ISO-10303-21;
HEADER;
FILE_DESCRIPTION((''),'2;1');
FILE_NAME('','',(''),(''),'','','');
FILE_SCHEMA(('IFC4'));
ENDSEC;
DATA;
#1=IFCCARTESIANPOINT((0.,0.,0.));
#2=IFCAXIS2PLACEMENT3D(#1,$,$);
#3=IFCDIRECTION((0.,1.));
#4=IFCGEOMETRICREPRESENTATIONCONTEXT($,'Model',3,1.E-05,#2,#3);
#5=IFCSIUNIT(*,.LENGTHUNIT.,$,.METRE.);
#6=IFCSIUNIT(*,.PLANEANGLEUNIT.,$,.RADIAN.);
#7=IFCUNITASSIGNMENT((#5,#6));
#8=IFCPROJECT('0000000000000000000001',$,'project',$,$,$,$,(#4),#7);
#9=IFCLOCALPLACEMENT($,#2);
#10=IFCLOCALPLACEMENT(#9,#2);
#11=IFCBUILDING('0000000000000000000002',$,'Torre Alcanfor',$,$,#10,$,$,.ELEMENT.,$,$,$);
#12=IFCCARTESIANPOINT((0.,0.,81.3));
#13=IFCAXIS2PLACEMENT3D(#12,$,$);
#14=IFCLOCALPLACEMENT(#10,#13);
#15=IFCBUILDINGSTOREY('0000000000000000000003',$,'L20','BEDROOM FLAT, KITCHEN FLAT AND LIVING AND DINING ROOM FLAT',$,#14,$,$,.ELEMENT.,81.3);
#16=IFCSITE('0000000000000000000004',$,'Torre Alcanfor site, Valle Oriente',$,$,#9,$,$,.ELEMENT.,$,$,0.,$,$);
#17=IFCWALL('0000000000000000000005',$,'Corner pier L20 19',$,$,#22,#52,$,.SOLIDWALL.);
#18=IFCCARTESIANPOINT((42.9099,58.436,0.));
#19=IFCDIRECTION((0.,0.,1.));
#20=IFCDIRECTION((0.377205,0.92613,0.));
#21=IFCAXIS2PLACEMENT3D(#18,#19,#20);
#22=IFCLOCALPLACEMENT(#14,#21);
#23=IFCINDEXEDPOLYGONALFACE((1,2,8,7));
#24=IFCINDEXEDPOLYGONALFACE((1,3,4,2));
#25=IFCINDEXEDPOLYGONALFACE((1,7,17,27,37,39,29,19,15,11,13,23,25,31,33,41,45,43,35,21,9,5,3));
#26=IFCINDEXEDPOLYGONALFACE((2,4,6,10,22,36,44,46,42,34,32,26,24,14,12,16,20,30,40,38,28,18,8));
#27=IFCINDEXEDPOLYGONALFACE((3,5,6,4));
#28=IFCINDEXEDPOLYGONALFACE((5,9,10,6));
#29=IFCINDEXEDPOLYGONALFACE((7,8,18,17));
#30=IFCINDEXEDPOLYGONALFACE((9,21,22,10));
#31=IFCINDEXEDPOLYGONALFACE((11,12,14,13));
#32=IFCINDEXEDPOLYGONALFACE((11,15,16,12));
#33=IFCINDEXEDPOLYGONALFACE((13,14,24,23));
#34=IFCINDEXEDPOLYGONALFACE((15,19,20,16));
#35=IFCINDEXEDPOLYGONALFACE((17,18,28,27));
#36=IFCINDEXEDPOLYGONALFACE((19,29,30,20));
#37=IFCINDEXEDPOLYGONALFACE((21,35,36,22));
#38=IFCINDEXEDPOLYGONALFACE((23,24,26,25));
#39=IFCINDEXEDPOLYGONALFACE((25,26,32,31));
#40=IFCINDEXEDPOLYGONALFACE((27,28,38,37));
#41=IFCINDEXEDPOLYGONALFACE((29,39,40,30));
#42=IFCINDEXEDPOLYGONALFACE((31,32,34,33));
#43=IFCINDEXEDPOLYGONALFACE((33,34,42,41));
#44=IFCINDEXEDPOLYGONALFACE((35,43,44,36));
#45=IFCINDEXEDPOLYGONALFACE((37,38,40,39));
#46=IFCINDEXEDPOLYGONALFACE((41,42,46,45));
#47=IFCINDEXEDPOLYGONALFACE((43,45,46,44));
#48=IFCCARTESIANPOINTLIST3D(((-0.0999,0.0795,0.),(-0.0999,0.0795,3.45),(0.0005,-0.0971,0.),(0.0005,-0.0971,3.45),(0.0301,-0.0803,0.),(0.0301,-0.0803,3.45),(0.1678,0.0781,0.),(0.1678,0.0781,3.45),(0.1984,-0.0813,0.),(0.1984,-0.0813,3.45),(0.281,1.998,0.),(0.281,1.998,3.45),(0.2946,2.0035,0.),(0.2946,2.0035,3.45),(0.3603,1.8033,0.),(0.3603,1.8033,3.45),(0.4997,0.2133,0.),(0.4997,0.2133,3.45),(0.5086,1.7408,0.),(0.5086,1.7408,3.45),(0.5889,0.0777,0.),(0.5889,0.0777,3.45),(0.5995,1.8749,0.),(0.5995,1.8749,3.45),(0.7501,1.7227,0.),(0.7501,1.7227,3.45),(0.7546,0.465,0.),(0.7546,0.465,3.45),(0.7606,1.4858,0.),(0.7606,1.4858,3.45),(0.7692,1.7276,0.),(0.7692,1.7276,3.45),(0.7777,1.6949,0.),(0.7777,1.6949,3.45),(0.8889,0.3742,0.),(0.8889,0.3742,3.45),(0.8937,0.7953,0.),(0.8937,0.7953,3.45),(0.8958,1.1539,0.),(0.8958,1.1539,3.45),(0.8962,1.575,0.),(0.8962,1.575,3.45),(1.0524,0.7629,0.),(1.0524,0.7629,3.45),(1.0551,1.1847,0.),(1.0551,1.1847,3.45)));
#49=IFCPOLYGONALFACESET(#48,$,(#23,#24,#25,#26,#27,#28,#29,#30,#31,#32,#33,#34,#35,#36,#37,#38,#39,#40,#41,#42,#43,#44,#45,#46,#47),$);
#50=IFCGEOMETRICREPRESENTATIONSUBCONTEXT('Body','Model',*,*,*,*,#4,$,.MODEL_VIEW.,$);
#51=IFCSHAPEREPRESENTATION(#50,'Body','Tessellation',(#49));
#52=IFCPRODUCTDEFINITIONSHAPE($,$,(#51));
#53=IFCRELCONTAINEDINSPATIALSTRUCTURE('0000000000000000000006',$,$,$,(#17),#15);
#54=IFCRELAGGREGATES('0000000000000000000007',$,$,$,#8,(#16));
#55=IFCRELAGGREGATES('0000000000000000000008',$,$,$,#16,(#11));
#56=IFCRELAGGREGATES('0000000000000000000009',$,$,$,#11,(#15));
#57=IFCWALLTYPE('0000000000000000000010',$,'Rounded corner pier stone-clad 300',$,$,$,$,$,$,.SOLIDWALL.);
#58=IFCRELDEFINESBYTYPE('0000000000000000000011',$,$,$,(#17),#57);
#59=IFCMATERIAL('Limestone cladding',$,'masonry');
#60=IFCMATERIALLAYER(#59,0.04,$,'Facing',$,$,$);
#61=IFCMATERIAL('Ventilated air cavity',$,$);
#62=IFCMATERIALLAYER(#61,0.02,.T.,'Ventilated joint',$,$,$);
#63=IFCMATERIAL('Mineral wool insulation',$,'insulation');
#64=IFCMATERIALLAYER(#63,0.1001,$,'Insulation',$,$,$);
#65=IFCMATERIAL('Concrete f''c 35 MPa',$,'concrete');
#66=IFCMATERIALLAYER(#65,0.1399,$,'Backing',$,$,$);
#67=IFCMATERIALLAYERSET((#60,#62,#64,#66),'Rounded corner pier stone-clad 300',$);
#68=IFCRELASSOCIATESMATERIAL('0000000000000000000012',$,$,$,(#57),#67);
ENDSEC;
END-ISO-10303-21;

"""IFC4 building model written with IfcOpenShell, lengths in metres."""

from ifc_helpers import new_model, si_unit, direction, frame, origin, place, context, subcontext, project, spatial, polyline, outline, extrude, material, layer, layer_set, type_object, element, save


model = new_model("IFC4")

# Units and contexts
model_context = context("Model", 3, precision=1e-05, world=origin(), true_north=direction((0.0, 1.0)))
body_context = subcontext(model_context, "Body", "Model", "MODEL_VIEW")
ifc_project = project(units=[si_unit("LENGTHUNIT", "METRE"), si_unit("PLANEANGLEUNIT", "RADIAN")], contexts=[model_context])

# Site, building, storey
site_placement = place(None, origin())
site = spatial("IfcSite", under=ifc_project, at=site_placement, Name="Torre Alcanfor site, Valle Oriente", CompositionType="ELEMENT", RefElevation=0.0)
building_placement = place(site_placement, origin())
building = spatial("IfcBuilding", under=site, at=building_placement, Name="Torre Alcanfor", CompositionType="ELEMENT")
storey_placement = place(building_placement, frame((0.0, 0.0, 81.3)))
storey = spatial("IfcBuildingStorey", under=building, at=storey_placement, Name="L20", Description="BEDROOM FLAT, KITCHEN FLAT AND LIVING AND DINING ROOM FLAT", CompositionType="ELEMENT", Elevation=81.3)

# Shared definitions
ifc_material_1 = material(Name="Limestone cladding", Category="masonry")
ifc_material_2 = material(Name="Ventilated air cavity")
ifc_material_3 = material(Name="Mineral wool insulation", Category="insulation")
ifc_material_4 = material(Name="Concrete f'c 35 MPa", Category="concrete")

# Wall
ifc_layer_1 = layer(ifc_material_1, 0.04, Name="Facing")
ifc_layer_2 = layer(ifc_material_2, 0.02, ventilated=True, Name="Ventilated joint")
ifc_layer_3 = layer(ifc_material_3, 0.1001, Name="Insulation")
ifc_layer_4 = layer(ifc_material_4, 0.1399, Name="Backing")
ifc_layer_set_1 = layer_set([ifc_layer_1, ifc_layer_2, ifc_layer_3, ifc_layer_4], Name="Rounded corner pier stone-clad 300")
wall_type_1 = type_object("IfcWallType", Name="Rounded corner pier stone-clad 300", PredefinedType="SOLIDWALL", material=ifc_layer_set_1)
wall_1_placement = place(storey_placement, frame((42.9099, 58.436, 0.0), z_axis=(0.0, 0.0, 1.0), x_axis=(0.377205, 0.92613, 0.0)))
element("IfcWall", 1, at=wall_1_placement, inside=storey, type_object=wall_type_1, Name="Corner pier L20 19", PredefinedType="SOLIDWALL", context=body_context, shape_type="SweptSolid", body=[
    extrude(outline(polyline([(0.7692, 1.7276), (0.7501, 1.7227), (0.5995, 1.8749), (0.2946, 2.0035), (0.281, 1.998), (0.3603, 1.8033), (0.5086, 1.7408), (0.7606, 1.4858), (0.8958, 1.1539), (0.8937, 0.7953), (0.7546, 0.465), (0.4997, 0.2133), (0.1678, 0.0781), (-0.0999, 0.0795), (0.0005, -0.0971), (0.0301, -0.0803), (0.1984, -0.0813), (0.5889, 0.0777), (0.8889, 0.3742), (1.0524, 0.7629), (1.0551, 1.1847), (0.8962, 1.575), (0.7777, 1.6949), (0.7692, 1.7276)])), origin(), (0.0, 0.0, 1.0), 3.45),
])

save(model, "model.ifc")
